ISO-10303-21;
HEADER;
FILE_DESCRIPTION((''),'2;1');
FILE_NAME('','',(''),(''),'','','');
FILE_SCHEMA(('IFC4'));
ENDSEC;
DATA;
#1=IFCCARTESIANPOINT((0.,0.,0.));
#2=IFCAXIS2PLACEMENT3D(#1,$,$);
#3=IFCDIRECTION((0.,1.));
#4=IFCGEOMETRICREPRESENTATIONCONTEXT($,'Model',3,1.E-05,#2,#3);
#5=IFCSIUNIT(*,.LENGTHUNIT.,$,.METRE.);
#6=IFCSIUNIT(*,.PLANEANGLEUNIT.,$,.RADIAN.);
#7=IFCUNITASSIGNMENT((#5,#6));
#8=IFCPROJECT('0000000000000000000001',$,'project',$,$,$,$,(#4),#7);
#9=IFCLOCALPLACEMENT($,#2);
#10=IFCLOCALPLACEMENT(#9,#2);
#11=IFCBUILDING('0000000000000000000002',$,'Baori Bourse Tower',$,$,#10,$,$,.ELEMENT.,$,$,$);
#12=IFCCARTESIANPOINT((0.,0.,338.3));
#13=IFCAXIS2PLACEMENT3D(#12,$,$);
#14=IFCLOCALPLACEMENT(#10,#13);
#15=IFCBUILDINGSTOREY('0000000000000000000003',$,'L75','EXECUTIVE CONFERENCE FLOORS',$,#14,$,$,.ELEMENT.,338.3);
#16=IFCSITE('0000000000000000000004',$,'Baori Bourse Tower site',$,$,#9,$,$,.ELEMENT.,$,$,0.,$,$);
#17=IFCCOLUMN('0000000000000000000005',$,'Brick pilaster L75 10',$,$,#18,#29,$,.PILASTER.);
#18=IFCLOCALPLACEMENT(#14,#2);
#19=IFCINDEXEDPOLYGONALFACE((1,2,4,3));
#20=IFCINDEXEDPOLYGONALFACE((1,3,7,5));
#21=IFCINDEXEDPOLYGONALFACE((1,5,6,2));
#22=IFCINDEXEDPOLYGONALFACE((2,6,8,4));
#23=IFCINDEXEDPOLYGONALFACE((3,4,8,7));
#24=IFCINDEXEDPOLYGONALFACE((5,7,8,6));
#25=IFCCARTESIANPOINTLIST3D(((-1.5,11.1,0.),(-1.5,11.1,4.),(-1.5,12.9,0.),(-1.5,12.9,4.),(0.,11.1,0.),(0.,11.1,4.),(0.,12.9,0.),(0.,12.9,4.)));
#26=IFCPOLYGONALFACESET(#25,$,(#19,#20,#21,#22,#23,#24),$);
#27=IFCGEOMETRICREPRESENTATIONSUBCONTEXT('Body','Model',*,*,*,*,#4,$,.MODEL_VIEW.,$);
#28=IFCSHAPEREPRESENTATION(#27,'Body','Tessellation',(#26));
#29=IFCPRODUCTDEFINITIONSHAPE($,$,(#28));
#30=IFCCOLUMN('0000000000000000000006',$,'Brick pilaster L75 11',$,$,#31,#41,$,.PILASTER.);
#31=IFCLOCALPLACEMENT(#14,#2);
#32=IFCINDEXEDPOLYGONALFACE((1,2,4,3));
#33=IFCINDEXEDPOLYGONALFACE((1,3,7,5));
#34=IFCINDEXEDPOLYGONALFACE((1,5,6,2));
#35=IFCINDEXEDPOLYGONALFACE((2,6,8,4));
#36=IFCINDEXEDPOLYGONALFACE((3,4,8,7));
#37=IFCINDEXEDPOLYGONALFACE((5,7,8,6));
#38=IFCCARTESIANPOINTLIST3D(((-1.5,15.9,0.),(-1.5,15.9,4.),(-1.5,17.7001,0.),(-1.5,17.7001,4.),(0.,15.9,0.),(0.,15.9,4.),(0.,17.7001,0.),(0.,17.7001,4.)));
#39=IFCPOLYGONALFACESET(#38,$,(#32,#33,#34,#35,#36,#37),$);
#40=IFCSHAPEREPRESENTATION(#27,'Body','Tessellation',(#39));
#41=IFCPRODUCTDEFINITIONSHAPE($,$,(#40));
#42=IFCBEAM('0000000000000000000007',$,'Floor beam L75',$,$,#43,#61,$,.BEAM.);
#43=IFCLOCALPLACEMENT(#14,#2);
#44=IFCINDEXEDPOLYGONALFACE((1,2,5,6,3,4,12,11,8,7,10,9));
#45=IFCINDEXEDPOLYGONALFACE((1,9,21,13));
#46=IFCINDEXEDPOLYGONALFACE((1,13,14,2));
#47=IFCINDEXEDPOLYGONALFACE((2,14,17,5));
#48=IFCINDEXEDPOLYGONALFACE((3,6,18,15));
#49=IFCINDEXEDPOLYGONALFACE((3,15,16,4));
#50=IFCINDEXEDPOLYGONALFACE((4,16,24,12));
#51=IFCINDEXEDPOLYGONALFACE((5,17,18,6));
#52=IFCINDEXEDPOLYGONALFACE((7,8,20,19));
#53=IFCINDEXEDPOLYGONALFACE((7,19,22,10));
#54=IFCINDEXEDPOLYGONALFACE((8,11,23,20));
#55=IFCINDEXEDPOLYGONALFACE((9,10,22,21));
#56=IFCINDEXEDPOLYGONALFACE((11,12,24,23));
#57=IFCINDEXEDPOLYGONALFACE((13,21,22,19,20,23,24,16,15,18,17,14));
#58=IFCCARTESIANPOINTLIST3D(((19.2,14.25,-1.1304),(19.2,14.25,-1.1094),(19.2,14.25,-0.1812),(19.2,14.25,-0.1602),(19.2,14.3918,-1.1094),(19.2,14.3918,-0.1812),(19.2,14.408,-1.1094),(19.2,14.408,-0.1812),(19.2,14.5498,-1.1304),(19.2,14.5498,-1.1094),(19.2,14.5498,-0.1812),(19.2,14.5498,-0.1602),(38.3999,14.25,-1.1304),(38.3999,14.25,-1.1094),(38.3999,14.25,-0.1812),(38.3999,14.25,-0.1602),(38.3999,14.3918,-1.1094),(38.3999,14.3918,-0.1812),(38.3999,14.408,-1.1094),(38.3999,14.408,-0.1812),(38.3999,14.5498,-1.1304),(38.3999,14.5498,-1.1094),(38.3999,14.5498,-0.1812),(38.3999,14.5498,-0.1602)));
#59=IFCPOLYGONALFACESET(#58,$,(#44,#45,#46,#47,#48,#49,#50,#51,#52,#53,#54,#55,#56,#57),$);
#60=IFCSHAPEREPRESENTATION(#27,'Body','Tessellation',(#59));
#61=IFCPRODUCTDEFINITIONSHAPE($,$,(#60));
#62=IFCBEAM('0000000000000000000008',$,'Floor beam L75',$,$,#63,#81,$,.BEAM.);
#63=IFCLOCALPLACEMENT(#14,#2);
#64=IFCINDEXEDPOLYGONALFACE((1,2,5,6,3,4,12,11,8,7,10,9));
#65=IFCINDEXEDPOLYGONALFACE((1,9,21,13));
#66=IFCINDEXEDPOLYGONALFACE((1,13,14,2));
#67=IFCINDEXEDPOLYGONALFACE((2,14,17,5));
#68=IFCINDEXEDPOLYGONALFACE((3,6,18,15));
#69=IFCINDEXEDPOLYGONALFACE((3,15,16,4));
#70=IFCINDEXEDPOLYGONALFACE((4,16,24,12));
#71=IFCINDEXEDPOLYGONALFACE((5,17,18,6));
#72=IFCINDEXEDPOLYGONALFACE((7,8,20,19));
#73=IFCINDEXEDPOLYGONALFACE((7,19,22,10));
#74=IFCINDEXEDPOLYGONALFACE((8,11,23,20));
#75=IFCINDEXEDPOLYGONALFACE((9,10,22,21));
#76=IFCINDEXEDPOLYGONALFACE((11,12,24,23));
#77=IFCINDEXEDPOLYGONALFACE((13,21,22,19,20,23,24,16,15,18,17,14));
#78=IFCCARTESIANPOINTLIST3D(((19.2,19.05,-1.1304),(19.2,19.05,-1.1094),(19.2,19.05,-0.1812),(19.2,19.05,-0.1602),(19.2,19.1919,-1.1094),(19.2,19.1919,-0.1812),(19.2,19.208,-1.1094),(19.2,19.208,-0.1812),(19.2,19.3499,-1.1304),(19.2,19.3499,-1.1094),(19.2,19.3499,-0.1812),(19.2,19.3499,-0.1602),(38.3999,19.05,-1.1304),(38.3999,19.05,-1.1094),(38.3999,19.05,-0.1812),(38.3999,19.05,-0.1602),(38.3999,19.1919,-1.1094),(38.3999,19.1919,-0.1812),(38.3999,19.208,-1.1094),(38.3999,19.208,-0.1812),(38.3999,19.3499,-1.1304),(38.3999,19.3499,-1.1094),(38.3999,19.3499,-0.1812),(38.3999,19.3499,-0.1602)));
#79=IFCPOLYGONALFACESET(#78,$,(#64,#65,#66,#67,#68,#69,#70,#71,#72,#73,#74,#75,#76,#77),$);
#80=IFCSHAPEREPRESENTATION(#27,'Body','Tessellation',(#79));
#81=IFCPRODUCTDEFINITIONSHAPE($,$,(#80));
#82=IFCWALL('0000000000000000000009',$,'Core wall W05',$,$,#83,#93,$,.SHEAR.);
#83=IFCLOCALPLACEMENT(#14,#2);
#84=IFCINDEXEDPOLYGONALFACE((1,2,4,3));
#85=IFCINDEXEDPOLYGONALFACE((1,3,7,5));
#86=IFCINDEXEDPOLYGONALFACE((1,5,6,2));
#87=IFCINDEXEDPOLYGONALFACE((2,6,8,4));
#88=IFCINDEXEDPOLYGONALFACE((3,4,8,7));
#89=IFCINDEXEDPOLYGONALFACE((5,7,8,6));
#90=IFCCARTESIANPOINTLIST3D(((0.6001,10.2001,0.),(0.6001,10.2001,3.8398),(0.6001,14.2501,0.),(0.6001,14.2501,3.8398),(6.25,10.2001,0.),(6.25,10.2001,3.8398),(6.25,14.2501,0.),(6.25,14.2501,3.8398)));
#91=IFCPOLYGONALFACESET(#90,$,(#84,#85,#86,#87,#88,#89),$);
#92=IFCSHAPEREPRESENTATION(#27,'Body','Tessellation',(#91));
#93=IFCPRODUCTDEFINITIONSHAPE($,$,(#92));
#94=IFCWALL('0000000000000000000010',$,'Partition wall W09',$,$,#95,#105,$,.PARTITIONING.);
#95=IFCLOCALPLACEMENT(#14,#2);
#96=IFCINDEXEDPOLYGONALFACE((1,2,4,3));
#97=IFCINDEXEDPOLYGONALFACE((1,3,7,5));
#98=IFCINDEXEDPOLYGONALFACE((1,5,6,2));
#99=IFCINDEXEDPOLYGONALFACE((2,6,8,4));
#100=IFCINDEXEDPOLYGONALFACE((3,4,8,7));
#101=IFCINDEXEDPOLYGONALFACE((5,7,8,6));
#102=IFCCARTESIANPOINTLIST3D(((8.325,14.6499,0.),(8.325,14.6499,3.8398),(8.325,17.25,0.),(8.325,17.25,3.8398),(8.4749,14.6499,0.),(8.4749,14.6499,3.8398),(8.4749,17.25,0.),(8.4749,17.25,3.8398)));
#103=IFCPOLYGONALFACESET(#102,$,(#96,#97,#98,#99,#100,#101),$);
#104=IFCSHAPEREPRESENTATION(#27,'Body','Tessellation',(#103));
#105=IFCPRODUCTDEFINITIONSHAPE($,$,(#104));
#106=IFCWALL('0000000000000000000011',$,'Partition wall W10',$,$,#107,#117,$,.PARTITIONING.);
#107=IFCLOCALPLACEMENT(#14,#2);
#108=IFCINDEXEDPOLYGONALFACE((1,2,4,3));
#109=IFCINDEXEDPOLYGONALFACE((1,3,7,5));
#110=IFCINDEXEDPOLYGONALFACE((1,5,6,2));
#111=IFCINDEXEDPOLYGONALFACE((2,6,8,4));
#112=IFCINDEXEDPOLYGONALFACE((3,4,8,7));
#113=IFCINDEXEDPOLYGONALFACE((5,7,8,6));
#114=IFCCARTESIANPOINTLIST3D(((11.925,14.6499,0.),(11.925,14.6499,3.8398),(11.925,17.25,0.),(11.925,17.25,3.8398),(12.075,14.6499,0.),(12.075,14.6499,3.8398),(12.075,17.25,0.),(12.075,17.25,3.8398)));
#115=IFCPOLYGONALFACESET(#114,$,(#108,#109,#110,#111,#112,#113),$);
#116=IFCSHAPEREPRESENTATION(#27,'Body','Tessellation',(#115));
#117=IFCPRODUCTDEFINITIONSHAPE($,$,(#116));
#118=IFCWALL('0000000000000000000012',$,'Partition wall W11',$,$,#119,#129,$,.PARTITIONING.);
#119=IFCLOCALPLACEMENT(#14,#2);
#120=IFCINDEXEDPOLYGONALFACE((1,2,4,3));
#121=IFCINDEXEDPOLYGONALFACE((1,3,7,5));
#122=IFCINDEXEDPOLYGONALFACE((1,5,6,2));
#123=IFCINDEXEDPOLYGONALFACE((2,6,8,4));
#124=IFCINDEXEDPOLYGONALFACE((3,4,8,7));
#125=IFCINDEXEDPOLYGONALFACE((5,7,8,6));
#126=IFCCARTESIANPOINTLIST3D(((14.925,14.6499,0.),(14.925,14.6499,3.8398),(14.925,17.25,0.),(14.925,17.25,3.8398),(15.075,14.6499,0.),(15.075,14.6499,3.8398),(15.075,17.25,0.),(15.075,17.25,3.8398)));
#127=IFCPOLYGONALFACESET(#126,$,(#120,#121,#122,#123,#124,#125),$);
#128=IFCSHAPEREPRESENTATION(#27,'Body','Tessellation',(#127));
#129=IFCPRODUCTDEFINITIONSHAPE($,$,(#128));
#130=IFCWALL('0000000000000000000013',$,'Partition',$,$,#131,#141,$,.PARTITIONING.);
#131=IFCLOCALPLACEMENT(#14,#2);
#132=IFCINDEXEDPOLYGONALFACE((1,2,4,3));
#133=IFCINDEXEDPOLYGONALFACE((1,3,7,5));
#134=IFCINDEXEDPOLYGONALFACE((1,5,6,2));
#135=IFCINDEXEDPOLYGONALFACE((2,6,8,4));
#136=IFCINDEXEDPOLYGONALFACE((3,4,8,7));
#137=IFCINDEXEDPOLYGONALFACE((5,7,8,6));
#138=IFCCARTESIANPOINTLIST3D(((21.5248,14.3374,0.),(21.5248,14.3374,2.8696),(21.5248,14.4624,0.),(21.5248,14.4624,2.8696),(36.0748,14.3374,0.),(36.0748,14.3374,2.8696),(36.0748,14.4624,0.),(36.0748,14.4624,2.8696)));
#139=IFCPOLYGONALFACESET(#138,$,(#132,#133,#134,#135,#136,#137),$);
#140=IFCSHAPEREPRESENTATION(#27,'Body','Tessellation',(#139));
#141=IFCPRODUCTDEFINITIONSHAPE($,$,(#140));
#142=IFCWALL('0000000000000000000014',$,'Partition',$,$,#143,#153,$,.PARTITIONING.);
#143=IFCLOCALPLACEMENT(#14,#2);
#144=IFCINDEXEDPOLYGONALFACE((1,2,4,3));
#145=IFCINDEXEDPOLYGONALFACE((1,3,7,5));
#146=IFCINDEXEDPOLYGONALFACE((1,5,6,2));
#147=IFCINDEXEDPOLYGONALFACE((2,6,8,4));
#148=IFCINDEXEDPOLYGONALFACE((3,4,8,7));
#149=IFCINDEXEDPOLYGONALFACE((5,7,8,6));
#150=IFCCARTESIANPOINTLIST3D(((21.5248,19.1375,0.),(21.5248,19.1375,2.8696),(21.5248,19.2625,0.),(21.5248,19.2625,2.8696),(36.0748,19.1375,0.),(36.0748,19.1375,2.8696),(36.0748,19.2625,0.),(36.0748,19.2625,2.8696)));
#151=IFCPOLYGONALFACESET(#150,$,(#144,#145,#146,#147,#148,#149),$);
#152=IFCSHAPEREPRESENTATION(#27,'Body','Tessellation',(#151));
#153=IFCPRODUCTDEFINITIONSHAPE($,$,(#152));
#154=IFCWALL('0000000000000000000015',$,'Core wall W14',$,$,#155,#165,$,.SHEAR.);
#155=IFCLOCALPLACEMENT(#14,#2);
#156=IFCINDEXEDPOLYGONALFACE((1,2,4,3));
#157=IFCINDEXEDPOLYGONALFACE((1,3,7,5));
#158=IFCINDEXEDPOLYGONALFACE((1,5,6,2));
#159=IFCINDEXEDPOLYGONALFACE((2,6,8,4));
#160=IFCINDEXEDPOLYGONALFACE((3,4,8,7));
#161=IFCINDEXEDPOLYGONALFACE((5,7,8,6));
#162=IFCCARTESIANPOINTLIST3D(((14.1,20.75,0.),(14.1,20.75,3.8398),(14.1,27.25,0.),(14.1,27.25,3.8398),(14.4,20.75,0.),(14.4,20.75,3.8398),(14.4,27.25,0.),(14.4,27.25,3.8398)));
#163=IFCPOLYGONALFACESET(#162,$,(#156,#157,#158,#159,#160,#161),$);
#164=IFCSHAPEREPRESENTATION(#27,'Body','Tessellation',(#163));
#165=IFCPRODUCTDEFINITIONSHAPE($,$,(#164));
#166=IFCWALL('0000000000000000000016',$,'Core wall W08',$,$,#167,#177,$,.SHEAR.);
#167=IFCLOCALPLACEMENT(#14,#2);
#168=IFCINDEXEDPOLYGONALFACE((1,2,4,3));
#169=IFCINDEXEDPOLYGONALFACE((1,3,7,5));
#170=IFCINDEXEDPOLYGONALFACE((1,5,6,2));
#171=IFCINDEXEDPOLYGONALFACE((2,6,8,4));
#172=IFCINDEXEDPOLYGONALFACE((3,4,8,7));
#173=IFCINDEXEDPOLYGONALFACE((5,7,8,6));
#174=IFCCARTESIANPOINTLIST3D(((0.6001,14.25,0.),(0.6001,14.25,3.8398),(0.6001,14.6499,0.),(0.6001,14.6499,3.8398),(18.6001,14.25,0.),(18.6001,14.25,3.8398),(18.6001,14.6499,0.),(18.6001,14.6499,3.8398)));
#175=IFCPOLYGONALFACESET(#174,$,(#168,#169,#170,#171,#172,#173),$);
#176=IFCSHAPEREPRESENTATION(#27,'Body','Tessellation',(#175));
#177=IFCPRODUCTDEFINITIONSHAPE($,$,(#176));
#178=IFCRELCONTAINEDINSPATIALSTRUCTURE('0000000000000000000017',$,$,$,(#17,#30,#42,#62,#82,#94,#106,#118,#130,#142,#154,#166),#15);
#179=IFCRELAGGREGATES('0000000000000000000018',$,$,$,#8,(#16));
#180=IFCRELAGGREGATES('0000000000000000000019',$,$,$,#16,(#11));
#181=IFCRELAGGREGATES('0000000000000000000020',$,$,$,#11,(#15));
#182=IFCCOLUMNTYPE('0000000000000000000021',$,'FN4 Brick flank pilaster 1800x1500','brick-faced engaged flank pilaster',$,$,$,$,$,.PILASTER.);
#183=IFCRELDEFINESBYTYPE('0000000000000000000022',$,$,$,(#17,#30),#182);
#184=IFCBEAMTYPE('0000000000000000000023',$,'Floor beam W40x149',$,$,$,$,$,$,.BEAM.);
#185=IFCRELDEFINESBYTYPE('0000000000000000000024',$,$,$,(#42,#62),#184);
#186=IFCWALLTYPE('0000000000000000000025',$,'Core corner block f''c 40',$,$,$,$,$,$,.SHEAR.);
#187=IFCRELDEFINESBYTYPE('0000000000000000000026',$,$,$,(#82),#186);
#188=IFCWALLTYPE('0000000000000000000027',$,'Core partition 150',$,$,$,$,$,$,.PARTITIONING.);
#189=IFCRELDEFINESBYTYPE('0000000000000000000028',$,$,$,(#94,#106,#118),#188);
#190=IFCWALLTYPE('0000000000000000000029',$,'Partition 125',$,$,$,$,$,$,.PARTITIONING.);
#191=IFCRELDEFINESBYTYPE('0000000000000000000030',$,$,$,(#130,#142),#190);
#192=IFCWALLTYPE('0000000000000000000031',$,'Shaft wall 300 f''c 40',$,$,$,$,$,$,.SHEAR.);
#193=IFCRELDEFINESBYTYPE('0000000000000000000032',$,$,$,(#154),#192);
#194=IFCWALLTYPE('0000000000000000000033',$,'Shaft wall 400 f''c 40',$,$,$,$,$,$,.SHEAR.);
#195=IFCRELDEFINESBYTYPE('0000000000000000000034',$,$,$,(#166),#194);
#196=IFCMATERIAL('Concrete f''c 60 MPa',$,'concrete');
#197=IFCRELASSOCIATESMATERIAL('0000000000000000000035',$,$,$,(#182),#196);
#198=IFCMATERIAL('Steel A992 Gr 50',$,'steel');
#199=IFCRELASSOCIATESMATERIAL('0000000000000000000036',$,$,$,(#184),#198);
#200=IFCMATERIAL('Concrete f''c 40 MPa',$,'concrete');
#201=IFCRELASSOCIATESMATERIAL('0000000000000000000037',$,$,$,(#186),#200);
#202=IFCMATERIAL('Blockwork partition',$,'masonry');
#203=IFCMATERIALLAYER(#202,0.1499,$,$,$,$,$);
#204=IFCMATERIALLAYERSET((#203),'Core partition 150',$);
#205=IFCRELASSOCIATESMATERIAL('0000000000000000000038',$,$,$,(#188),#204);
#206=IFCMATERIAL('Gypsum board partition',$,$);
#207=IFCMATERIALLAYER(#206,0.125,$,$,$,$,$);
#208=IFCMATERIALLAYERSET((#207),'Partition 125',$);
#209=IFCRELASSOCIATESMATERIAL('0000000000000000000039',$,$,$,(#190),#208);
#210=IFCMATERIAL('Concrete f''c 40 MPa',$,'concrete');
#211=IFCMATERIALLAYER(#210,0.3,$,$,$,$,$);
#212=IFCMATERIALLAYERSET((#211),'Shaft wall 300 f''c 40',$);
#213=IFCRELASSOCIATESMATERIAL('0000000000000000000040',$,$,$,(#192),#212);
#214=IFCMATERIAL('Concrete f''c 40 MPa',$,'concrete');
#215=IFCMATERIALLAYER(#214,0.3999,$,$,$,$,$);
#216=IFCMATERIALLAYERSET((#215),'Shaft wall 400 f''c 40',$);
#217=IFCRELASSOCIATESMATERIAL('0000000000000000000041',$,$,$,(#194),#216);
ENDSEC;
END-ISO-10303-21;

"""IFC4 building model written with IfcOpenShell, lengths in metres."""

from ifc_helpers import new_model, si_unit, direction, frame, frame_2d, origin, origin_2d, place, context, subcontext, project, spatial, rectangle, i_section, extrude, material, layer, layer_set, material_profile, profile_set, type_object, element, save


model = new_model("IFC4")

# Units and contexts
model_context = context("Model", 3, precision=1e-05, world=origin(), true_north=direction((0.0, 1.0)))
body_context = subcontext(model_context, "Body", "Model", "MODEL_VIEW")
ifc_project = project(units=[si_unit("LENGTHUNIT", "METRE"), si_unit("PLANEANGLEUNIT", "RADIAN")], contexts=[model_context])

# Site, building, storey
site_placement = place(None, origin())
site = spatial("IfcSite", under=ifc_project, at=site_placement, Name="Baori Bourse Tower site", CompositionType="ELEMENT", RefElevation=0.0)
building_placement = place(site_placement, origin())
building = spatial("IfcBuilding", under=site, at=building_placement, Name="Baori Bourse Tower", CompositionType="ELEMENT")
storey_placement = place(building_placement, frame((0.0, 0.0, 338.3)))
storey = spatial("IfcBuildingStorey", under=building, at=storey_placement, Name="L75", Description="EXECUTIVE CONFERENCE FLOORS", CompositionType="ELEMENT", Elevation=338.3)

# Columns
ifc_material_1 = material(Name="Concrete f'c 60 MPa", Category="concrete")
ifc_material_profile_1 = material_profile(ifc_material_1, rectangle(XDim=1.8, YDim=1.5, at=origin_2d()), Name="RC 1800x1500")
ifc_profile_set_1 = profile_set([ifc_material_profile_1], Name="Concrete f'c 60 MPa")
column_type = type_object("IfcColumnType", Name="FN4 Brick flank pilaster 1800x1500", Description="brick-faced engaged flank pilaster", PredefinedType="PILASTER", material=ifc_profile_set_1)
for number, where, z_axis, x_axis, name in (
    (1, (-0.75, 12.0, 0.0), (0.0, 0.0, 1.0), (0.0, 1.0, 0.0), "Brick pilaster L75 10"),
    (2, (-0.75, 16.8, 0.0), (0.0, 0.0, 1.0), (0.0, 1.0, 0.0), "Brick pilaster L75 11"),
):
    element("IfcColumn", number, at=place(storey_placement, frame(where, z_axis=z_axis, x_axis=x_axis)), inside=storey, type_object=column_type, Name=name, PredefinedType="PILASTER", context=body_context, shape_type="SweptSolid", body=[
        extrude(rectangle(XDim=1.8, YDim=1.5, at=origin_2d()), origin(), (0.0, 0.0, 1.0), 4.0),
    ])

# Beams
ifc_material_2 = material(Name="Steel A992 Gr 50", Category="steel")
ifc_material_profile_2 = material_profile(ifc_material_2, i_section(OverallWidth=0.2998, OverallDepth=0.9702, WebThickness=0.0161, FlangeThickness=0.021, at=origin_2d()), Name="W40x149")
ifc_profile_set_2 = profile_set([ifc_material_profile_2], Name="Steel A992 Gr 50")
beam_type = type_object("IfcBeamType", Name="Floor beam W40x149", PredefinedType="BEAM", material=ifc_profile_set_2)
for number, where, z_axis, x_axis, name in (
    (3, (19.2, 14.3999, -0.6453), (1.0, 0.0, 0.0), (0.0, 1.0, 0.0), "Floor beam L75"),
    (4, (19.2, 19.2, -0.6453), (1.0, 0.0, 0.0), (0.0, 1.0, 0.0), "Floor beam L75"),
):
    element("IfcBeam", number, at=place(storey_placement, frame(where, z_axis=z_axis, x_axis=x_axis)), inside=storey, type_object=beam_type, Name=name, PredefinedType="BEAM", context=body_context, shape_type="SweptSolid", body=[
        extrude(i_section(OverallWidth=0.2998, OverallDepth=0.9702, WebThickness=0.0161, FlangeThickness=0.021, at=origin_2d()), origin(), (0.0, 0.0, 1.0), 19.2),
    ])

# Walls
ifc_material_3 = material(Name="Concrete f'c 40 MPa", Category="concrete")
wall_type_1 = type_object("IfcWallType", Name="Core corner block f'c 40", PredefinedType="SHEAR", material=ifc_material_3)
wall_1_placement = place(storey_placement, frame((0.6001, 12.2251, 0.0), z_axis=(0.0, 0.0, 1.0), x_axis=(1.0, 0.0, 0.0)))
element("IfcWall", 5, at=wall_1_placement, inside=storey, type_object=wall_type_1, Name="Core wall W05", PredefinedType="SHEAR", context=body_context, shape_type="SweptSolid", body=[
    extrude(rectangle(XDim=5.6499, YDim=4.05, at=frame_2d((2.825, 0.0))), origin(), (0.0, 0.0, 1.0), 3.8398),
])
ifc_material_4 = material(Name="Blockwork partition", Category="masonry")
ifc_layer_1 = layer(ifc_material_4, 0.1499)
ifc_layer_set_1 = layer_set([ifc_layer_1], Name="Core partition 150")
wall_type_2 = type_object("IfcWallType", Name="Core partition 150", PredefinedType="PARTITIONING", material=ifc_layer_set_1)
for number, where, z_axis, x_axis, name in (
    (6, (8.3999, 14.6499, 0.0), (0.0, 0.0, 1.0), (0.0, 1.0, 0.0), "Partition wall W09"),
    (7, (12.0, 14.6499, 0.0), (0.0, 0.0, 1.0), (0.0, 1.0, 0.0), "Partition wall W10"),
    (8, (15.0, 14.6499, 0.0), (0.0, 0.0, 1.0), (0.0, 1.0, 0.0), "Partition wall W11"),
):
    element("IfcWall", number, at=place(storey_placement, frame(where, z_axis=z_axis, x_axis=x_axis)), inside=storey, type_object=wall_type_2, Name=name, PredefinedType="PARTITIONING", context=body_context, shape_type="SweptSolid", body=[
        extrude(rectangle(XDim=2.6001, YDim=0.1499, at=frame_2d((1.3, 0.0))), origin(), (0.0, 0.0, 1.0), 3.8398),
    ])
ifc_material_5 = material(Name="Gypsum board partition")
ifc_layer_2 = layer(ifc_material_5, 0.125)
ifc_layer_set_2 = layer_set([ifc_layer_2], Name="Partition 125")
wall_type_3 = type_object("IfcWallType", Name="Partition 125", PredefinedType="PARTITIONING", material=ifc_layer_set_2)
for number, where, z_axis, x_axis, name in (
    (9, (21.5249, 14.3999, 0.0), (0.0, 0.0, 1.0), (1.0, 0.0, 0.0), "Partition"),
    (10, (21.5249, 19.2, 0.0), (0.0, 0.0, 1.0), (1.0, 0.0, 0.0), "Partition"),
):
    element("IfcWall", number, at=place(storey_placement, frame(where, z_axis=z_axis, x_axis=x_axis)), inside=storey, type_object=wall_type_3, Name=name, PredefinedType="PARTITIONING", context=body_context, shape_type="SweptSolid", body=[
        extrude(rectangle(XDim=14.55, YDim=0.125, at=frame_2d((7.2749, 0.0))), origin(), (0.0, 0.0, 1.0), 2.8696),
    ])
ifc_material_6 = material(Name="Concrete f'c 40 MPa", Category="concrete")
ifc_layer_3 = layer(ifc_material_6, 0.3)
ifc_layer_set_3 = layer_set([ifc_layer_3], Name="Shaft wall 300 f'c 40")
wall_type_4 = type_object("IfcWallType", Name="Shaft wall 300 f'c 40", PredefinedType="SHEAR", material=ifc_layer_set_3)
wall_2_placement = place(storey_placement, frame((14.25, 20.75, 0.0), z_axis=(0.0, 0.0, 1.0), x_axis=(0.0, 1.0, 0.0)))
element("IfcWall", 11, at=wall_2_placement, inside=storey, type_object=wall_type_4, Name="Core wall W14", PredefinedType="SHEAR", context=body_context, shape_type="SweptSolid", body=[
    extrude(rectangle(XDim=6.5, YDim=0.3, at=frame_2d((3.25, 0.0))), origin(), (0.0, 0.0, 1.0), 3.8398),
])
ifc_material_7 = material(Name="Concrete f'c 40 MPa", Category="concrete")
ifc_layer_4 = layer(ifc_material_7, 0.3999)
ifc_layer_set_4 = layer_set([ifc_layer_4], Name="Shaft wall 400 f'c 40")
wall_type_5 = type_object("IfcWallType", Name="Shaft wall 400 f'c 40", PredefinedType="SHEAR", material=ifc_layer_set_4)
wall_3_placement = place(storey_placement, frame((0.6001, 14.45, 0.0), z_axis=(0.0, 0.0, 1.0), x_axis=(1.0, 0.0, 0.0)))
element("IfcWall", 12, at=wall_3_placement, inside=storey, type_object=wall_type_5, Name="Core wall W08", PredefinedType="SHEAR", context=body_context, shape_type="SweptSolid", body=[
    extrude(rectangle(XDim=18.0, YDim=0.3999, at=frame_2d((9.0, 0.0))), origin(), (0.0, 0.0, 1.0), 3.8398),
])

save(model, "model.ifc")
